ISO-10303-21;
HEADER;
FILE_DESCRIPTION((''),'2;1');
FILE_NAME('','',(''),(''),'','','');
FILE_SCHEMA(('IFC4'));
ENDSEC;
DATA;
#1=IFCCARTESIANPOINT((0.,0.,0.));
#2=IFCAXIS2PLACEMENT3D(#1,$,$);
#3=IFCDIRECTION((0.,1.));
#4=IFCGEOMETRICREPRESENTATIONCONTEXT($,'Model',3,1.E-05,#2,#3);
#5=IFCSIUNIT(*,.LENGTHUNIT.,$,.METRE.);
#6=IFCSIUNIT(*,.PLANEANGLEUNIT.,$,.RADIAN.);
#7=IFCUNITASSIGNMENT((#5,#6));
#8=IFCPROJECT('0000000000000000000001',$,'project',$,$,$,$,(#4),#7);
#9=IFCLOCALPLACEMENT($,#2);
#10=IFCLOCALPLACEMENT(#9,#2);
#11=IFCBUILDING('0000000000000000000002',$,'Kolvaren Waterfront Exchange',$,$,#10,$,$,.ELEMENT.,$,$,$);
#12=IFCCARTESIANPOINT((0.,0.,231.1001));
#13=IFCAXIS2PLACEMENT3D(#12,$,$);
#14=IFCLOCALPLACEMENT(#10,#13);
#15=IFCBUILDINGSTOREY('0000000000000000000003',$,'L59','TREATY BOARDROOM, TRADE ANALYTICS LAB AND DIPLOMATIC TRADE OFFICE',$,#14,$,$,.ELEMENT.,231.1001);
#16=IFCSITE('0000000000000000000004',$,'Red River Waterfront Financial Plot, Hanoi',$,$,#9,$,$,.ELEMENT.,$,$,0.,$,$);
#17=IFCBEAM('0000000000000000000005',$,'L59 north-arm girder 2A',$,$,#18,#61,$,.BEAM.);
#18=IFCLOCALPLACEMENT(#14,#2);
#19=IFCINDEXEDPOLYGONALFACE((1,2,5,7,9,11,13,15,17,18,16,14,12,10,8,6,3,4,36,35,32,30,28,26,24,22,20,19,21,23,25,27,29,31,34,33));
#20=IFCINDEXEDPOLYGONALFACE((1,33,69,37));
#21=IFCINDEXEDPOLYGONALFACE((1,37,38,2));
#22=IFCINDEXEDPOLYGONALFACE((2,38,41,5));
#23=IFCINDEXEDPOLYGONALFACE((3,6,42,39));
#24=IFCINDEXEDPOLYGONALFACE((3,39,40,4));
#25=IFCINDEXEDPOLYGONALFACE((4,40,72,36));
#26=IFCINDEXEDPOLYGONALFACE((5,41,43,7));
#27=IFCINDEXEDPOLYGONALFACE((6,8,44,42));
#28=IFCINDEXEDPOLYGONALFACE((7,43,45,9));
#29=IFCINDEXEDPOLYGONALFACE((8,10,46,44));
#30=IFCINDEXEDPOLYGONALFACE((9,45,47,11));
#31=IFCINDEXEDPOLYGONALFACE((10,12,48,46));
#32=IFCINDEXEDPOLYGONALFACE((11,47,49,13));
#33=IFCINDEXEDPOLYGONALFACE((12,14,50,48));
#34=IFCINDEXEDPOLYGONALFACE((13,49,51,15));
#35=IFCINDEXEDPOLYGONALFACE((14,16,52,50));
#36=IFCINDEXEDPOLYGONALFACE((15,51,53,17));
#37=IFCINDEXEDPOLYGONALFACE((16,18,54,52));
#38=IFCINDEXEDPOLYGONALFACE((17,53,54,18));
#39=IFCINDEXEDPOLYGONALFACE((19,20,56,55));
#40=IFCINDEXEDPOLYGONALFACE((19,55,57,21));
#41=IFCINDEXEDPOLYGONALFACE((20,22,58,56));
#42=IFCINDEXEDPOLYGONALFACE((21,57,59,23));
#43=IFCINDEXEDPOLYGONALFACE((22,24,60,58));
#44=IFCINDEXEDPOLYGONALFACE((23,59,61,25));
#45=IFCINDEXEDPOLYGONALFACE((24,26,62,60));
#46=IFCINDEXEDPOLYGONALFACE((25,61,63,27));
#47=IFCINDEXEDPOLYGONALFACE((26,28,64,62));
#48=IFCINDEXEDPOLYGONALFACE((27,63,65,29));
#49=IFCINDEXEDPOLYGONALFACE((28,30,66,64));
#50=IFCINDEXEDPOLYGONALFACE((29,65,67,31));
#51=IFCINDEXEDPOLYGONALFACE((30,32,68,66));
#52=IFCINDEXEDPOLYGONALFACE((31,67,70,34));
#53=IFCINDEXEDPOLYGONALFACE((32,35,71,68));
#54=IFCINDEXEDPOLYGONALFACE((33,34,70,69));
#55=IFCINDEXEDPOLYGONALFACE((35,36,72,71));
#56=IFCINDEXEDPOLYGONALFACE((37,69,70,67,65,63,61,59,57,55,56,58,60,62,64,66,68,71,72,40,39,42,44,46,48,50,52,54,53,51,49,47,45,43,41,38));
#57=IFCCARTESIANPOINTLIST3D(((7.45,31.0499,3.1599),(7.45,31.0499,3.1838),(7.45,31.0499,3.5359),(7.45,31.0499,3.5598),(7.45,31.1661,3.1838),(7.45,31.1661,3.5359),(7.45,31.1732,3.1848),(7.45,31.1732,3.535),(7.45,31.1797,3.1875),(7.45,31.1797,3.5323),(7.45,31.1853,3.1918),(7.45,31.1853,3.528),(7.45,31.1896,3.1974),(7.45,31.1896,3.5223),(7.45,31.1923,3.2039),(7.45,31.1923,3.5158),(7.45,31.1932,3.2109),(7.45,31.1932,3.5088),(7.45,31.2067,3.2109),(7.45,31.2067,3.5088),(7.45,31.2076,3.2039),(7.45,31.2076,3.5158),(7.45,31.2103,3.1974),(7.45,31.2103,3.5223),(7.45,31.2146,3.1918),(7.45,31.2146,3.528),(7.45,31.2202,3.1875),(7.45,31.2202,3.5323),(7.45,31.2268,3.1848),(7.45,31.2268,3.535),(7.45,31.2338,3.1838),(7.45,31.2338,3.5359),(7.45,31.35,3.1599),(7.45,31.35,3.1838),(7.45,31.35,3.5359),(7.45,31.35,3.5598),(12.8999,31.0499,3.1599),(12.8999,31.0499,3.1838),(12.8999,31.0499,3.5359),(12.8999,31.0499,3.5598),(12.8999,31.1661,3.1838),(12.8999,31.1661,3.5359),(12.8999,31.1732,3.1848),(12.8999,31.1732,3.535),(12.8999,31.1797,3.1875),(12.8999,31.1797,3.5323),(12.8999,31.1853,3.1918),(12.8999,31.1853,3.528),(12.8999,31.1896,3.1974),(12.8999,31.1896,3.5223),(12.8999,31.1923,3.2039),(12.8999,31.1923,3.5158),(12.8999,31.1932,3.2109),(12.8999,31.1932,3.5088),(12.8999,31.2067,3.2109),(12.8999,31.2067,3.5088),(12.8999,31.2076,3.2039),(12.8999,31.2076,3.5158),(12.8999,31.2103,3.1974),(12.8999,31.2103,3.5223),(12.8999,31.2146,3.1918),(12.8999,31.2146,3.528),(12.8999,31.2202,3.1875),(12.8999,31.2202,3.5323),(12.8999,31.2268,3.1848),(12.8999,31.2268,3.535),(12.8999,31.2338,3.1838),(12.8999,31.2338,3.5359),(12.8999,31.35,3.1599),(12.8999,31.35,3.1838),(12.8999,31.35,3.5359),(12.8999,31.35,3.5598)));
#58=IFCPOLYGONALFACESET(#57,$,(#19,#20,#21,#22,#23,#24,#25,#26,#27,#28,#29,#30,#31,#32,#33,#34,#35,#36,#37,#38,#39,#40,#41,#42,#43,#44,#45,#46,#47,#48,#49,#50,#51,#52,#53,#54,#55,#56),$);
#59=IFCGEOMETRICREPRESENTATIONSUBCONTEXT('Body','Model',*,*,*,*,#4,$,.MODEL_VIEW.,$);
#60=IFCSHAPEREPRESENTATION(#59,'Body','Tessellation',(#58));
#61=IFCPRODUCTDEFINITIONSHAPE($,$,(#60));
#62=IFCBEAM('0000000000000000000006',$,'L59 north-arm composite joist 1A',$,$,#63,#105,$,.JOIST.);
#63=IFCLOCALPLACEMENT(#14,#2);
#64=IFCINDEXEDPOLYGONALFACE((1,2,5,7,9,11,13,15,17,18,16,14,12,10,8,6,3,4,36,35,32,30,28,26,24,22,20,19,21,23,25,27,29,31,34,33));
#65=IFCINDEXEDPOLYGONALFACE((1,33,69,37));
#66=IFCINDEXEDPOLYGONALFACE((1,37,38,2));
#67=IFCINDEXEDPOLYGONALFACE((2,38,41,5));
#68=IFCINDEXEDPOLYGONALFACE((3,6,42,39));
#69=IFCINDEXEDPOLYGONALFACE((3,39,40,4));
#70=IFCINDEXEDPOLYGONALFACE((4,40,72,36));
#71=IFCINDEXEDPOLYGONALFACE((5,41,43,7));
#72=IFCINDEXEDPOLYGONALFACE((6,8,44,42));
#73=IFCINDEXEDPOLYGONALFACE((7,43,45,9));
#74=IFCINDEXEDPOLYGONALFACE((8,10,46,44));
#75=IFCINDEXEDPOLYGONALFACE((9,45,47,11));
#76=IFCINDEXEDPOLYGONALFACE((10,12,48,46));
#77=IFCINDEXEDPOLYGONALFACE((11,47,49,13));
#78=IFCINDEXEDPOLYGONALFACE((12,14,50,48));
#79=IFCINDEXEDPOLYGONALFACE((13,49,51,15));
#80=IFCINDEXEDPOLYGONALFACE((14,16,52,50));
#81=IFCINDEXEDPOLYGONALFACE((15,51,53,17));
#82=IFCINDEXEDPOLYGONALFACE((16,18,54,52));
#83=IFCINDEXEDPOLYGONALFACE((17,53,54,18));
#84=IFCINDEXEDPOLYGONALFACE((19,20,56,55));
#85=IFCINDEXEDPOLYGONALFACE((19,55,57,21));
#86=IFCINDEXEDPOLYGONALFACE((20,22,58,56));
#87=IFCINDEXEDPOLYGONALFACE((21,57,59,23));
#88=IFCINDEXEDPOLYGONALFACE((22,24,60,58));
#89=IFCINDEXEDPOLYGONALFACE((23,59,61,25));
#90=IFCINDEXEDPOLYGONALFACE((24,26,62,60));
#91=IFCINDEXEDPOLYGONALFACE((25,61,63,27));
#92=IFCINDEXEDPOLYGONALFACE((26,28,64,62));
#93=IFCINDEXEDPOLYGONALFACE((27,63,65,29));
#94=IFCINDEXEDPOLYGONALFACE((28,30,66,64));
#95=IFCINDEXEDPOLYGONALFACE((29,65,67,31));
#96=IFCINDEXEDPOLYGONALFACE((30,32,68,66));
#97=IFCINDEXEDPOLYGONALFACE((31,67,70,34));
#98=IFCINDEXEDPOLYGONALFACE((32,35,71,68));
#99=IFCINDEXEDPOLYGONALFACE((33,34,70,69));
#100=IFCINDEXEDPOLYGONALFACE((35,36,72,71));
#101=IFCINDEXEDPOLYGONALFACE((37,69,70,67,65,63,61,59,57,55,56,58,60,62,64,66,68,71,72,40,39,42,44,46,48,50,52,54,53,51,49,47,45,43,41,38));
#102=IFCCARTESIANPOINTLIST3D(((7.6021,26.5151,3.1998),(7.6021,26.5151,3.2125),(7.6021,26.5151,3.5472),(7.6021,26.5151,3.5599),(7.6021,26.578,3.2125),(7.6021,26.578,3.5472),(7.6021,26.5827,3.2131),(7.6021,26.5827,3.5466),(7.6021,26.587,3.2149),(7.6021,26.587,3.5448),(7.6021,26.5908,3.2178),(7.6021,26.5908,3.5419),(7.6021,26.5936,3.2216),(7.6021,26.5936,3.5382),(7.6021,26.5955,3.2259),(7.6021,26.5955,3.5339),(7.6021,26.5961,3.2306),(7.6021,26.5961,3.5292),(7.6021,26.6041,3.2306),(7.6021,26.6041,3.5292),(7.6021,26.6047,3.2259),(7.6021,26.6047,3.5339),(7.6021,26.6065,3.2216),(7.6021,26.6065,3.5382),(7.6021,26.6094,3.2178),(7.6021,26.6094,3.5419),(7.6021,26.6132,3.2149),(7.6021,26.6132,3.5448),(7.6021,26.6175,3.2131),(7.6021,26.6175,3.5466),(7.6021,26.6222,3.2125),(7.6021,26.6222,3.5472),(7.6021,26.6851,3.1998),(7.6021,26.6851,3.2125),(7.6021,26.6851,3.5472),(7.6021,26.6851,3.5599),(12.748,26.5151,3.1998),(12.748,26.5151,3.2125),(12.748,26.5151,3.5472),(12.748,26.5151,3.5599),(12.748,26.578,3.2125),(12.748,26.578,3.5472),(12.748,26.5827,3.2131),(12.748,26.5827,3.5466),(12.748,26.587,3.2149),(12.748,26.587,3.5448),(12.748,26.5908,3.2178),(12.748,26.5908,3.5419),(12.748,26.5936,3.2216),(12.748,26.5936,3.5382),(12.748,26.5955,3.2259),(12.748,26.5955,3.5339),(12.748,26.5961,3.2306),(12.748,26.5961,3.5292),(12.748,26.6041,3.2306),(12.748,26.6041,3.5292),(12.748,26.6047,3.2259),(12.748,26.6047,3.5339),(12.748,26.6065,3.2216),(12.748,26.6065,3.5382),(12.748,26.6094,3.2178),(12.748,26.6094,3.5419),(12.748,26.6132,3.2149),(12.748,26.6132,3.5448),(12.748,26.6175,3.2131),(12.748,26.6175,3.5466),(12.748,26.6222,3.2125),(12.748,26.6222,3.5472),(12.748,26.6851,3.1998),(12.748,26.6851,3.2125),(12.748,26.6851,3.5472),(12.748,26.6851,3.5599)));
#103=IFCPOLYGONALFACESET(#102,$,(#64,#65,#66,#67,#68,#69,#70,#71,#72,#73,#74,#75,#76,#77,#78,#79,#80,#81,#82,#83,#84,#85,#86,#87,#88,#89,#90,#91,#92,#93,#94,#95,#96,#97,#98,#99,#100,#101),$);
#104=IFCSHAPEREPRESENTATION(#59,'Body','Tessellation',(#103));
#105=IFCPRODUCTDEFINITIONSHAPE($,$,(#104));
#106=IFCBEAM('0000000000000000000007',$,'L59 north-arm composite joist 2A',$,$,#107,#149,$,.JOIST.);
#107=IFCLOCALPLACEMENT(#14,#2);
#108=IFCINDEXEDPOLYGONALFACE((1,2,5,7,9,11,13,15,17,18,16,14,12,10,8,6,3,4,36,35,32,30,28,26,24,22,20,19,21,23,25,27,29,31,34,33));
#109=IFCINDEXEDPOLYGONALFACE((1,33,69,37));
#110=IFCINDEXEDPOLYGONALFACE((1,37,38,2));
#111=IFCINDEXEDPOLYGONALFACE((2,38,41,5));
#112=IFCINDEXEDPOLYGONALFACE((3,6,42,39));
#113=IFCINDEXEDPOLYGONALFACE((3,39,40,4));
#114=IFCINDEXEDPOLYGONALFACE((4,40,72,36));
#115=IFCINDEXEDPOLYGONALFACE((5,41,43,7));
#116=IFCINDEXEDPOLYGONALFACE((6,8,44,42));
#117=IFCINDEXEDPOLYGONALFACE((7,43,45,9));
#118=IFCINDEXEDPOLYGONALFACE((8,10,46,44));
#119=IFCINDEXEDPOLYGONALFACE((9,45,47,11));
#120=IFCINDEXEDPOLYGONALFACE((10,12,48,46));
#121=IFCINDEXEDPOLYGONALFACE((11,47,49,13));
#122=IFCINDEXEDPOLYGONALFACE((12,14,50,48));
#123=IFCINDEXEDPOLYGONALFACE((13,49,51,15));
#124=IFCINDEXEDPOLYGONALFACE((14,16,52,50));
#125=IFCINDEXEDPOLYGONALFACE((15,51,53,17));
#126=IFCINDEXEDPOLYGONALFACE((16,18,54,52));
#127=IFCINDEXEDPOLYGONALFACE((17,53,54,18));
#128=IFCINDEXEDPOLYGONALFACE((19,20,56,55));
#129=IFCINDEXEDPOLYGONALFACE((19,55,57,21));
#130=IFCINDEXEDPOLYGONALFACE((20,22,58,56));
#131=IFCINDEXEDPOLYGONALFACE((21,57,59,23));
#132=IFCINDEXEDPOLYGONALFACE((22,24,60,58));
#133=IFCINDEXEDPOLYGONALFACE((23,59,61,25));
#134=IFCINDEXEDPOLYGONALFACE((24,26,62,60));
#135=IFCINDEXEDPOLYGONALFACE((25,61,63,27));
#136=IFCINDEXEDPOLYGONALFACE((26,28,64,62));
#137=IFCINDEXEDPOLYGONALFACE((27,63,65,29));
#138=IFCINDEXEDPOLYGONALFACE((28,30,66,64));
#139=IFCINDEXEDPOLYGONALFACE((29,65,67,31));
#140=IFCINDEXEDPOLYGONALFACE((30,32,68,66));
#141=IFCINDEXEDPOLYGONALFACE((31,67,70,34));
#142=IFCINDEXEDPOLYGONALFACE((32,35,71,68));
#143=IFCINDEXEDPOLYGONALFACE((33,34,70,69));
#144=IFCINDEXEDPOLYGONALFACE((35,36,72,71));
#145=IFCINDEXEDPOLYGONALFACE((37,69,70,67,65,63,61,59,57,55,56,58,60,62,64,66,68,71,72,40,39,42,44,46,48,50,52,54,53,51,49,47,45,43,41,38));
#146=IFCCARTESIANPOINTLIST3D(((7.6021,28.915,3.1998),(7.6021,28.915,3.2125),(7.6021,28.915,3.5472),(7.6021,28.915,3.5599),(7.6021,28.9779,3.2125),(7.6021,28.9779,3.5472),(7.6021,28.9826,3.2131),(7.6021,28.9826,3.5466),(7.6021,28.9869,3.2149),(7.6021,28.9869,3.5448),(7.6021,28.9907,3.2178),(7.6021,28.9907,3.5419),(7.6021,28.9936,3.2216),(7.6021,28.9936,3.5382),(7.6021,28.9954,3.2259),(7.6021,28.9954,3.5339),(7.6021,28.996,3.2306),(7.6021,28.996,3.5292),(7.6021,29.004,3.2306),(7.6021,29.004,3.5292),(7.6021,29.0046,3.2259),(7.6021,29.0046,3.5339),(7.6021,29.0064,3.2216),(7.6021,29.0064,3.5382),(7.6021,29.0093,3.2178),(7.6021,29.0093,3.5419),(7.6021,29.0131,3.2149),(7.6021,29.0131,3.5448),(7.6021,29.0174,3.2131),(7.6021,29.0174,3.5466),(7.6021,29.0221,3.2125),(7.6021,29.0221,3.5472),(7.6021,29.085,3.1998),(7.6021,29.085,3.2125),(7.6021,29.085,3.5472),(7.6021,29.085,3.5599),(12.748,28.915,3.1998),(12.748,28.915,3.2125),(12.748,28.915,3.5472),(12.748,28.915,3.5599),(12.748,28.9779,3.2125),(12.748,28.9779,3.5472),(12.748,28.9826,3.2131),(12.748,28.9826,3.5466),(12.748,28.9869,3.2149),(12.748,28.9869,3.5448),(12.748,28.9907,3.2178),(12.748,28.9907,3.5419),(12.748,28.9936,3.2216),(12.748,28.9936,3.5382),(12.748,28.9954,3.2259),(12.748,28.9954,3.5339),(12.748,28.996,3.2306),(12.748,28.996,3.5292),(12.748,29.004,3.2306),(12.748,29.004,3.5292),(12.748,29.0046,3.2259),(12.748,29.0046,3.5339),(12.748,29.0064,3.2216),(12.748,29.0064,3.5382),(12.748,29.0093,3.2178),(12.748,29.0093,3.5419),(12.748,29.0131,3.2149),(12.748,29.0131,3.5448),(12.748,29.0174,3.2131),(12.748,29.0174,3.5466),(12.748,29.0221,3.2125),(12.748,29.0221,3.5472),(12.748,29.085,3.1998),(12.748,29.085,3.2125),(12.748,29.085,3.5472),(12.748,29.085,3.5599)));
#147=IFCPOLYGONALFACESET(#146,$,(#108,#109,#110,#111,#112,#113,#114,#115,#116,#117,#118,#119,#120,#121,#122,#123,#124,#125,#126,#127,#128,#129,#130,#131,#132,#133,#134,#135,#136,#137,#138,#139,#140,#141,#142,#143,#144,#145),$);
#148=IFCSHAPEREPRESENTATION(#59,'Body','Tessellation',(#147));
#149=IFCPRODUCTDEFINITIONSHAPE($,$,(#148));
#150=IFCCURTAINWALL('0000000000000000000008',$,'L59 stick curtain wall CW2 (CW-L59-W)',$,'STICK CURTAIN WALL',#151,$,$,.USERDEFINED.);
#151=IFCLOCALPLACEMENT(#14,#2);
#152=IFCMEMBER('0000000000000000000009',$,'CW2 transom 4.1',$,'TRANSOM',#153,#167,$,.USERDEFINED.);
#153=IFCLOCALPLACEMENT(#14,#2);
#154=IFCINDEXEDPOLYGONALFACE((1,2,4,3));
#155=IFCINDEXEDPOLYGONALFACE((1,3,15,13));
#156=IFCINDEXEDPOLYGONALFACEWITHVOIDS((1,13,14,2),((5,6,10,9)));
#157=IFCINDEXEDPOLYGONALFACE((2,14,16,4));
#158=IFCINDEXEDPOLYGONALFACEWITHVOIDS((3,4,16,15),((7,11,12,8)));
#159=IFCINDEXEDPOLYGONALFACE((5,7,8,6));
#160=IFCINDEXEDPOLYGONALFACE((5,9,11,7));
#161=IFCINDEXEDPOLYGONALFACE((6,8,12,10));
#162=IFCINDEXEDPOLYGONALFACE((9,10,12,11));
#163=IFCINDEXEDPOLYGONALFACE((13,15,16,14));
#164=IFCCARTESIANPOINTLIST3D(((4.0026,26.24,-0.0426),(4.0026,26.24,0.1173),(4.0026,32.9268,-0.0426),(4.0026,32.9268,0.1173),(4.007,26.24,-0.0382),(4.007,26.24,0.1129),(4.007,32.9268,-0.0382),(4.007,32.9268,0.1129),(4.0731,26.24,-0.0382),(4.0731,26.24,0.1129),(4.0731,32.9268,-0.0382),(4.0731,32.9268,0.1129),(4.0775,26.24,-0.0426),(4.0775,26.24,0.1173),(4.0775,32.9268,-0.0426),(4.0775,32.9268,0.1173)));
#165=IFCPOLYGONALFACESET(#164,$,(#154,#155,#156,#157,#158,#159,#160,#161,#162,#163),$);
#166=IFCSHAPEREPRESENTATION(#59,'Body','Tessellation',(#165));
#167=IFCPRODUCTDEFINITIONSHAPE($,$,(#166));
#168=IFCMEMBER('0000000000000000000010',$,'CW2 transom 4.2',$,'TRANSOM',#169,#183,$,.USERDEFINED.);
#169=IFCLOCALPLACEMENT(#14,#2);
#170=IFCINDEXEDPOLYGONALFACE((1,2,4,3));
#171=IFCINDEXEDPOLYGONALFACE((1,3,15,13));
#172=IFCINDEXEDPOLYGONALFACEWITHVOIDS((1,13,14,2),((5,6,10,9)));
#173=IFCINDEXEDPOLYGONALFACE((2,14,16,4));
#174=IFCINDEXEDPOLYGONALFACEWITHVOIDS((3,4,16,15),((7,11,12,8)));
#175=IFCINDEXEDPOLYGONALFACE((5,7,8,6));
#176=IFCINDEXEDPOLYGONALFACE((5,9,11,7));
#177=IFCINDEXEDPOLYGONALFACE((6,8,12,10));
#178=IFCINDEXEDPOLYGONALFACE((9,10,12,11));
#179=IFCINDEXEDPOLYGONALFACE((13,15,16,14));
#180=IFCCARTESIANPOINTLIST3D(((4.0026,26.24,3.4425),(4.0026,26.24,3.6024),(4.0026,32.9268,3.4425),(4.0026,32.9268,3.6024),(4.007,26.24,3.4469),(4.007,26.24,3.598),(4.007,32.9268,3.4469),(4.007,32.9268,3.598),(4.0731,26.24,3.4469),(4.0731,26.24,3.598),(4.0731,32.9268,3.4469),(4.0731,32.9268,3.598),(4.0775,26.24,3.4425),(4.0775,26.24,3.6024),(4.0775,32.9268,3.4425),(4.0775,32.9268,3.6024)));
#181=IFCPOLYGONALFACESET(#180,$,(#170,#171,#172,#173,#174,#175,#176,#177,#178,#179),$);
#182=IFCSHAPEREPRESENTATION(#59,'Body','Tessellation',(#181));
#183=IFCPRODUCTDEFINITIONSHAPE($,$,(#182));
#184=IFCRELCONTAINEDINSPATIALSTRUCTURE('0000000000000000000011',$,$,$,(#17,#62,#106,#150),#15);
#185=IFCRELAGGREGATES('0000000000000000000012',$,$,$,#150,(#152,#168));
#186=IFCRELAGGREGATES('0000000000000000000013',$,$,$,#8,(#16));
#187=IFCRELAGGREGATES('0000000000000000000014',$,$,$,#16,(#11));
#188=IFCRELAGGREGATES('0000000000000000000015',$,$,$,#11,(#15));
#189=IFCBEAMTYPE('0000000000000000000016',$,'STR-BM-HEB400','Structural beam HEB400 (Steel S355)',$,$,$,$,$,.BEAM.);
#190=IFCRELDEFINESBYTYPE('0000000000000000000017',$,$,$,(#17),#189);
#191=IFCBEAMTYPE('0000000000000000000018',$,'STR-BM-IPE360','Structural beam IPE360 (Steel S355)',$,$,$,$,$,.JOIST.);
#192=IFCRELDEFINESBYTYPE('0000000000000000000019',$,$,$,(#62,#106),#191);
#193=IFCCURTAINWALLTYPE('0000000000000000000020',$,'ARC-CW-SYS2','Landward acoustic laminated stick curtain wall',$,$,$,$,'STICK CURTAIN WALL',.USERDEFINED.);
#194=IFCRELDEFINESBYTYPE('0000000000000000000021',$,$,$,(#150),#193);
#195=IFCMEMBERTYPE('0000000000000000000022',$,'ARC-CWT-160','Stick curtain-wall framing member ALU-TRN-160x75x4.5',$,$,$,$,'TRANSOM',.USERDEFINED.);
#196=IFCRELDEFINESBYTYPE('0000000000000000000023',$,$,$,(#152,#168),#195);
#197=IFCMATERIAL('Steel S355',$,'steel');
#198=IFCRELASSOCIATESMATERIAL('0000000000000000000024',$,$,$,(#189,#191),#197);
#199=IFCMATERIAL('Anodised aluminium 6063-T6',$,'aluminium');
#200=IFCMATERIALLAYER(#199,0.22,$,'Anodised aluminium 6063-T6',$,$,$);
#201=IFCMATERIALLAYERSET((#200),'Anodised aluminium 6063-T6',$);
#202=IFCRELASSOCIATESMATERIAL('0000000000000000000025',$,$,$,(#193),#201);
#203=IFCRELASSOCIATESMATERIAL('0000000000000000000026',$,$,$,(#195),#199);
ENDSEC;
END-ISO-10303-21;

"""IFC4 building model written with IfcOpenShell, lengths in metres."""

from ifc_helpers import new_model, si_unit, direction, frame, origin, origin_with_axes, origin_2d, place, context, subcontext, project, spatial, hollow_rectangle, i_section, extrude, source, transform, mapped, material, layer, layer_set, material_profile, profile_set, type_object, element, aggregate, save


model = new_model("IFC4")

# Units and contexts
model_context = context("Model", 3, precision=1e-05, world=origin(), true_north=direction((0.0, 1.0)))
body_context = subcontext(model_context, "Body", "Model", "MODEL_VIEW")
ifc_project = project(units=[si_unit("LENGTHUNIT", "METRE"), si_unit("PLANEANGLEUNIT", "RADIAN")], contexts=[model_context])

# Site, building, storey
site_placement = place(None, origin())
site = spatial("IfcSite", under=ifc_project, at=site_placement, Name="Red River Waterfront Financial Plot, Hanoi", CompositionType="ELEMENT", RefElevation=0.0)
building_placement = place(site_placement, origin())
building = spatial("IfcBuilding", under=site, at=building_placement, Name="Kolvaren Waterfront Exchange", CompositionType="ELEMENT")
storey_placement = place(building_placement, frame((0.0, 0.0, 231.1001)))
storey = spatial("IfcBuildingStorey", under=building, at=storey_placement, Name="L59", Description="TREATY BOARDROOM, TRADE ANALYTICS LAB AND DIPLOMATIC TRADE OFFICE", CompositionType="ELEMENT", Elevation=231.1001)

# Beams
ifc_material_1 = material(Name="Steel S355", Category="steel")
ifc_material_profile_1 = material_profile(ifc_material_1, i_section(OverallWidth=0.3, OverallDepth=0.3999, WebThickness=0.0134, FlangeThickness=0.0239, FilletRadius=0.0271, at=origin_2d()), Name="HEB400")
ifc_profile_set_1 = profile_set([ifc_material_profile_1], Name="Steel S355")
beam_type_1 = type_object("IfcBeamType", Name="STR-BM-HEB400", Description="Structural beam HEB400 (Steel S355)", PredefinedType="BEAM", material=ifc_profile_set_1)
for number, where, z_axis, x_axis, name in (
    (1, (7.45, 31.2, 3.3599), (1.0, 0.0, 0.0), (0.0, 1.0, 0.0), "L59 north-arm girder 2A"),
):
    element("IfcBeam", number, at=place(storey_placement, frame(where, z_axis=z_axis, x_axis=x_axis)), inside=storey, type_object=beam_type_1, Name=name, PredefinedType="BEAM", context=body_context, shape_type="SweptSolid", body=[
        extrude(i_section(OverallWidth=0.3, OverallDepth=0.3999, WebThickness=0.0134, FlangeThickness=0.0239, FilletRadius=0.0271, at=origin_2d()), origin(), (0.0, 0.0, 1.0), 5.45),
    ])
ifc_material_profile_2 = material_profile(ifc_material_1, i_section(OverallWidth=0.1699, OverallDepth=0.3601, WebThickness=0.0081, FlangeThickness=0.0127, FilletRadius=0.0181, at=origin_2d()), Name="IPE360")
ifc_profile_set_2 = profile_set([ifc_material_profile_2], Name="Steel S355")
beam_type_2 = type_object("IfcBeamType", Name="STR-BM-IPE360", Description="Structural beam IPE360 (Steel S355)", PredefinedType="JOIST", material=ifc_profile_set_2)
for number, where, z_axis, x_axis, name in (
    (2, (7.6021, 26.6001, 3.3799), (1.0, 0.0, 0.0), (0.0, 1.0, 0.0), "L59 north-arm composite joist 1A"),
    (3, (7.6021, 29.0, 3.3799), (1.0, 0.0, 0.0), (0.0, 1.0, 0.0), "L59 north-arm composite joist 2A"),
):
    element("IfcBeam", number, at=place(storey_placement, frame(where, z_axis=z_axis, x_axis=x_axis)), inside=storey, type_object=beam_type_2, Name=name, PredefinedType="JOIST", context=body_context, shape_type="SweptSolid", body=[
        extrude(i_section(OverallWidth=0.1699, OverallDepth=0.3601, WebThickness=0.0081, FlangeThickness=0.0127, FilletRadius=0.0181, at=origin_2d()), origin(), (0.0, 0.0, 1.0), 5.146),
    ])

# Curtain wall, members
ifc_material_2 = material(Name="Anodised aluminium 6063-T6", Category="aluminium")
ifc_layer_1 = layer(ifc_material_2, 0.22, Name="Anodised aluminium 6063-T6")
ifc_layer_set_1 = layer_set([ifc_layer_1], Name="Anodised aluminium 6063-T6")
curtain_wall_type = type_object("IfcCurtainWallType", Name="ARC-CW-SYS2", Description="Landward acoustic laminated stick curtain wall", ElementType="STICK CURTAIN WALL", PredefinedType="USERDEFINED", material=ifc_layer_set_1)
curtain_wall_placement = place(storey_placement, origin())
curtain_wall = element("IfcCurtainWall", 4, at=curtain_wall_placement, inside=storey, type_object=curtain_wall_type, Name="L59 stick curtain wall CW2 (CW-L59-W)", ObjectType="STICK CURTAIN WALL", PredefinedType="USERDEFINED")
ifc_material_profile_3 = material_profile(ifc_material_2, hollow_rectangle(XDim=0.075, YDim=0.1599, WallThickness=0.0044, at=origin_2d()), Name="ALU-TRN-160x75x4.5")
ifc_profile_set_3 = profile_set([ifc_material_profile_3], Name="Anodised aluminium 6063-T6")
member_type_1 = type_object("IfcMemberType", Name="ARC-CWT-160", Description="Stick curtain-wall framing member ALU-TRN-160x75x4.5", ElementType="TRANSOM", PredefinedType="USERDEFINED", material=ifc_profile_set_3)
shared_shape_1 = source(origin_with_axes(), body_context, "Body", "SweptSolid", [
    extrude(hollow_rectangle(XDim=0.075, YDim=0.1599, WallThickness=0.0044, at=origin_2d()), origin(), (0.0, 0.0, 1.0), 6.6868),
])
member_1_placement = place(storey_placement, frame((4.04, 26.24, 0.0374), z_axis=(0.0, 1.0, 0.0), x_axis=(-1.0, 0.0, 0.0)))
member_1 = element("IfcMember", 5, at=member_1_placement, type_object=member_type_1, Name="CW2 transom 4.1", ObjectType="TRANSOM", PredefinedType="USERDEFINED", context=body_context, shape_type="MappedRepresentation", body=[
    mapped(shared_shape_1, transform((0.0, 0.0, 0.0), x_axis=(1.0, 0.0, 0.0), y_axis=(0.0, 1.0, 0.0), z_axis=(0.0, 0.0, 1.0), scale=1.0)),
])
member_2_placement = place(storey_placement, frame((4.04, 26.24, 3.5225), z_axis=(0.0, 1.0, 0.0), x_axis=(-1.0, 0.0, 0.0)))
member_2 = element("IfcMember", 6, at=member_2_placement, type_object=member_type_1, Name="CW2 transom 4.2", ObjectType="TRANSOM", PredefinedType="USERDEFINED", context=body_context, shape_type="MappedRepresentation", body=[
    mapped(shared_shape_1, transform((0.0, 0.0, 0.0), x_axis=(1.0, 0.0, 0.0), y_axis=(0.0, 1.0, 0.0), z_axis=(0.0, 0.0, 1.0), scale=1.0)),
])
aggregate(curtain_wall, [member_1, member_2])

save(model, "model.ifc")
